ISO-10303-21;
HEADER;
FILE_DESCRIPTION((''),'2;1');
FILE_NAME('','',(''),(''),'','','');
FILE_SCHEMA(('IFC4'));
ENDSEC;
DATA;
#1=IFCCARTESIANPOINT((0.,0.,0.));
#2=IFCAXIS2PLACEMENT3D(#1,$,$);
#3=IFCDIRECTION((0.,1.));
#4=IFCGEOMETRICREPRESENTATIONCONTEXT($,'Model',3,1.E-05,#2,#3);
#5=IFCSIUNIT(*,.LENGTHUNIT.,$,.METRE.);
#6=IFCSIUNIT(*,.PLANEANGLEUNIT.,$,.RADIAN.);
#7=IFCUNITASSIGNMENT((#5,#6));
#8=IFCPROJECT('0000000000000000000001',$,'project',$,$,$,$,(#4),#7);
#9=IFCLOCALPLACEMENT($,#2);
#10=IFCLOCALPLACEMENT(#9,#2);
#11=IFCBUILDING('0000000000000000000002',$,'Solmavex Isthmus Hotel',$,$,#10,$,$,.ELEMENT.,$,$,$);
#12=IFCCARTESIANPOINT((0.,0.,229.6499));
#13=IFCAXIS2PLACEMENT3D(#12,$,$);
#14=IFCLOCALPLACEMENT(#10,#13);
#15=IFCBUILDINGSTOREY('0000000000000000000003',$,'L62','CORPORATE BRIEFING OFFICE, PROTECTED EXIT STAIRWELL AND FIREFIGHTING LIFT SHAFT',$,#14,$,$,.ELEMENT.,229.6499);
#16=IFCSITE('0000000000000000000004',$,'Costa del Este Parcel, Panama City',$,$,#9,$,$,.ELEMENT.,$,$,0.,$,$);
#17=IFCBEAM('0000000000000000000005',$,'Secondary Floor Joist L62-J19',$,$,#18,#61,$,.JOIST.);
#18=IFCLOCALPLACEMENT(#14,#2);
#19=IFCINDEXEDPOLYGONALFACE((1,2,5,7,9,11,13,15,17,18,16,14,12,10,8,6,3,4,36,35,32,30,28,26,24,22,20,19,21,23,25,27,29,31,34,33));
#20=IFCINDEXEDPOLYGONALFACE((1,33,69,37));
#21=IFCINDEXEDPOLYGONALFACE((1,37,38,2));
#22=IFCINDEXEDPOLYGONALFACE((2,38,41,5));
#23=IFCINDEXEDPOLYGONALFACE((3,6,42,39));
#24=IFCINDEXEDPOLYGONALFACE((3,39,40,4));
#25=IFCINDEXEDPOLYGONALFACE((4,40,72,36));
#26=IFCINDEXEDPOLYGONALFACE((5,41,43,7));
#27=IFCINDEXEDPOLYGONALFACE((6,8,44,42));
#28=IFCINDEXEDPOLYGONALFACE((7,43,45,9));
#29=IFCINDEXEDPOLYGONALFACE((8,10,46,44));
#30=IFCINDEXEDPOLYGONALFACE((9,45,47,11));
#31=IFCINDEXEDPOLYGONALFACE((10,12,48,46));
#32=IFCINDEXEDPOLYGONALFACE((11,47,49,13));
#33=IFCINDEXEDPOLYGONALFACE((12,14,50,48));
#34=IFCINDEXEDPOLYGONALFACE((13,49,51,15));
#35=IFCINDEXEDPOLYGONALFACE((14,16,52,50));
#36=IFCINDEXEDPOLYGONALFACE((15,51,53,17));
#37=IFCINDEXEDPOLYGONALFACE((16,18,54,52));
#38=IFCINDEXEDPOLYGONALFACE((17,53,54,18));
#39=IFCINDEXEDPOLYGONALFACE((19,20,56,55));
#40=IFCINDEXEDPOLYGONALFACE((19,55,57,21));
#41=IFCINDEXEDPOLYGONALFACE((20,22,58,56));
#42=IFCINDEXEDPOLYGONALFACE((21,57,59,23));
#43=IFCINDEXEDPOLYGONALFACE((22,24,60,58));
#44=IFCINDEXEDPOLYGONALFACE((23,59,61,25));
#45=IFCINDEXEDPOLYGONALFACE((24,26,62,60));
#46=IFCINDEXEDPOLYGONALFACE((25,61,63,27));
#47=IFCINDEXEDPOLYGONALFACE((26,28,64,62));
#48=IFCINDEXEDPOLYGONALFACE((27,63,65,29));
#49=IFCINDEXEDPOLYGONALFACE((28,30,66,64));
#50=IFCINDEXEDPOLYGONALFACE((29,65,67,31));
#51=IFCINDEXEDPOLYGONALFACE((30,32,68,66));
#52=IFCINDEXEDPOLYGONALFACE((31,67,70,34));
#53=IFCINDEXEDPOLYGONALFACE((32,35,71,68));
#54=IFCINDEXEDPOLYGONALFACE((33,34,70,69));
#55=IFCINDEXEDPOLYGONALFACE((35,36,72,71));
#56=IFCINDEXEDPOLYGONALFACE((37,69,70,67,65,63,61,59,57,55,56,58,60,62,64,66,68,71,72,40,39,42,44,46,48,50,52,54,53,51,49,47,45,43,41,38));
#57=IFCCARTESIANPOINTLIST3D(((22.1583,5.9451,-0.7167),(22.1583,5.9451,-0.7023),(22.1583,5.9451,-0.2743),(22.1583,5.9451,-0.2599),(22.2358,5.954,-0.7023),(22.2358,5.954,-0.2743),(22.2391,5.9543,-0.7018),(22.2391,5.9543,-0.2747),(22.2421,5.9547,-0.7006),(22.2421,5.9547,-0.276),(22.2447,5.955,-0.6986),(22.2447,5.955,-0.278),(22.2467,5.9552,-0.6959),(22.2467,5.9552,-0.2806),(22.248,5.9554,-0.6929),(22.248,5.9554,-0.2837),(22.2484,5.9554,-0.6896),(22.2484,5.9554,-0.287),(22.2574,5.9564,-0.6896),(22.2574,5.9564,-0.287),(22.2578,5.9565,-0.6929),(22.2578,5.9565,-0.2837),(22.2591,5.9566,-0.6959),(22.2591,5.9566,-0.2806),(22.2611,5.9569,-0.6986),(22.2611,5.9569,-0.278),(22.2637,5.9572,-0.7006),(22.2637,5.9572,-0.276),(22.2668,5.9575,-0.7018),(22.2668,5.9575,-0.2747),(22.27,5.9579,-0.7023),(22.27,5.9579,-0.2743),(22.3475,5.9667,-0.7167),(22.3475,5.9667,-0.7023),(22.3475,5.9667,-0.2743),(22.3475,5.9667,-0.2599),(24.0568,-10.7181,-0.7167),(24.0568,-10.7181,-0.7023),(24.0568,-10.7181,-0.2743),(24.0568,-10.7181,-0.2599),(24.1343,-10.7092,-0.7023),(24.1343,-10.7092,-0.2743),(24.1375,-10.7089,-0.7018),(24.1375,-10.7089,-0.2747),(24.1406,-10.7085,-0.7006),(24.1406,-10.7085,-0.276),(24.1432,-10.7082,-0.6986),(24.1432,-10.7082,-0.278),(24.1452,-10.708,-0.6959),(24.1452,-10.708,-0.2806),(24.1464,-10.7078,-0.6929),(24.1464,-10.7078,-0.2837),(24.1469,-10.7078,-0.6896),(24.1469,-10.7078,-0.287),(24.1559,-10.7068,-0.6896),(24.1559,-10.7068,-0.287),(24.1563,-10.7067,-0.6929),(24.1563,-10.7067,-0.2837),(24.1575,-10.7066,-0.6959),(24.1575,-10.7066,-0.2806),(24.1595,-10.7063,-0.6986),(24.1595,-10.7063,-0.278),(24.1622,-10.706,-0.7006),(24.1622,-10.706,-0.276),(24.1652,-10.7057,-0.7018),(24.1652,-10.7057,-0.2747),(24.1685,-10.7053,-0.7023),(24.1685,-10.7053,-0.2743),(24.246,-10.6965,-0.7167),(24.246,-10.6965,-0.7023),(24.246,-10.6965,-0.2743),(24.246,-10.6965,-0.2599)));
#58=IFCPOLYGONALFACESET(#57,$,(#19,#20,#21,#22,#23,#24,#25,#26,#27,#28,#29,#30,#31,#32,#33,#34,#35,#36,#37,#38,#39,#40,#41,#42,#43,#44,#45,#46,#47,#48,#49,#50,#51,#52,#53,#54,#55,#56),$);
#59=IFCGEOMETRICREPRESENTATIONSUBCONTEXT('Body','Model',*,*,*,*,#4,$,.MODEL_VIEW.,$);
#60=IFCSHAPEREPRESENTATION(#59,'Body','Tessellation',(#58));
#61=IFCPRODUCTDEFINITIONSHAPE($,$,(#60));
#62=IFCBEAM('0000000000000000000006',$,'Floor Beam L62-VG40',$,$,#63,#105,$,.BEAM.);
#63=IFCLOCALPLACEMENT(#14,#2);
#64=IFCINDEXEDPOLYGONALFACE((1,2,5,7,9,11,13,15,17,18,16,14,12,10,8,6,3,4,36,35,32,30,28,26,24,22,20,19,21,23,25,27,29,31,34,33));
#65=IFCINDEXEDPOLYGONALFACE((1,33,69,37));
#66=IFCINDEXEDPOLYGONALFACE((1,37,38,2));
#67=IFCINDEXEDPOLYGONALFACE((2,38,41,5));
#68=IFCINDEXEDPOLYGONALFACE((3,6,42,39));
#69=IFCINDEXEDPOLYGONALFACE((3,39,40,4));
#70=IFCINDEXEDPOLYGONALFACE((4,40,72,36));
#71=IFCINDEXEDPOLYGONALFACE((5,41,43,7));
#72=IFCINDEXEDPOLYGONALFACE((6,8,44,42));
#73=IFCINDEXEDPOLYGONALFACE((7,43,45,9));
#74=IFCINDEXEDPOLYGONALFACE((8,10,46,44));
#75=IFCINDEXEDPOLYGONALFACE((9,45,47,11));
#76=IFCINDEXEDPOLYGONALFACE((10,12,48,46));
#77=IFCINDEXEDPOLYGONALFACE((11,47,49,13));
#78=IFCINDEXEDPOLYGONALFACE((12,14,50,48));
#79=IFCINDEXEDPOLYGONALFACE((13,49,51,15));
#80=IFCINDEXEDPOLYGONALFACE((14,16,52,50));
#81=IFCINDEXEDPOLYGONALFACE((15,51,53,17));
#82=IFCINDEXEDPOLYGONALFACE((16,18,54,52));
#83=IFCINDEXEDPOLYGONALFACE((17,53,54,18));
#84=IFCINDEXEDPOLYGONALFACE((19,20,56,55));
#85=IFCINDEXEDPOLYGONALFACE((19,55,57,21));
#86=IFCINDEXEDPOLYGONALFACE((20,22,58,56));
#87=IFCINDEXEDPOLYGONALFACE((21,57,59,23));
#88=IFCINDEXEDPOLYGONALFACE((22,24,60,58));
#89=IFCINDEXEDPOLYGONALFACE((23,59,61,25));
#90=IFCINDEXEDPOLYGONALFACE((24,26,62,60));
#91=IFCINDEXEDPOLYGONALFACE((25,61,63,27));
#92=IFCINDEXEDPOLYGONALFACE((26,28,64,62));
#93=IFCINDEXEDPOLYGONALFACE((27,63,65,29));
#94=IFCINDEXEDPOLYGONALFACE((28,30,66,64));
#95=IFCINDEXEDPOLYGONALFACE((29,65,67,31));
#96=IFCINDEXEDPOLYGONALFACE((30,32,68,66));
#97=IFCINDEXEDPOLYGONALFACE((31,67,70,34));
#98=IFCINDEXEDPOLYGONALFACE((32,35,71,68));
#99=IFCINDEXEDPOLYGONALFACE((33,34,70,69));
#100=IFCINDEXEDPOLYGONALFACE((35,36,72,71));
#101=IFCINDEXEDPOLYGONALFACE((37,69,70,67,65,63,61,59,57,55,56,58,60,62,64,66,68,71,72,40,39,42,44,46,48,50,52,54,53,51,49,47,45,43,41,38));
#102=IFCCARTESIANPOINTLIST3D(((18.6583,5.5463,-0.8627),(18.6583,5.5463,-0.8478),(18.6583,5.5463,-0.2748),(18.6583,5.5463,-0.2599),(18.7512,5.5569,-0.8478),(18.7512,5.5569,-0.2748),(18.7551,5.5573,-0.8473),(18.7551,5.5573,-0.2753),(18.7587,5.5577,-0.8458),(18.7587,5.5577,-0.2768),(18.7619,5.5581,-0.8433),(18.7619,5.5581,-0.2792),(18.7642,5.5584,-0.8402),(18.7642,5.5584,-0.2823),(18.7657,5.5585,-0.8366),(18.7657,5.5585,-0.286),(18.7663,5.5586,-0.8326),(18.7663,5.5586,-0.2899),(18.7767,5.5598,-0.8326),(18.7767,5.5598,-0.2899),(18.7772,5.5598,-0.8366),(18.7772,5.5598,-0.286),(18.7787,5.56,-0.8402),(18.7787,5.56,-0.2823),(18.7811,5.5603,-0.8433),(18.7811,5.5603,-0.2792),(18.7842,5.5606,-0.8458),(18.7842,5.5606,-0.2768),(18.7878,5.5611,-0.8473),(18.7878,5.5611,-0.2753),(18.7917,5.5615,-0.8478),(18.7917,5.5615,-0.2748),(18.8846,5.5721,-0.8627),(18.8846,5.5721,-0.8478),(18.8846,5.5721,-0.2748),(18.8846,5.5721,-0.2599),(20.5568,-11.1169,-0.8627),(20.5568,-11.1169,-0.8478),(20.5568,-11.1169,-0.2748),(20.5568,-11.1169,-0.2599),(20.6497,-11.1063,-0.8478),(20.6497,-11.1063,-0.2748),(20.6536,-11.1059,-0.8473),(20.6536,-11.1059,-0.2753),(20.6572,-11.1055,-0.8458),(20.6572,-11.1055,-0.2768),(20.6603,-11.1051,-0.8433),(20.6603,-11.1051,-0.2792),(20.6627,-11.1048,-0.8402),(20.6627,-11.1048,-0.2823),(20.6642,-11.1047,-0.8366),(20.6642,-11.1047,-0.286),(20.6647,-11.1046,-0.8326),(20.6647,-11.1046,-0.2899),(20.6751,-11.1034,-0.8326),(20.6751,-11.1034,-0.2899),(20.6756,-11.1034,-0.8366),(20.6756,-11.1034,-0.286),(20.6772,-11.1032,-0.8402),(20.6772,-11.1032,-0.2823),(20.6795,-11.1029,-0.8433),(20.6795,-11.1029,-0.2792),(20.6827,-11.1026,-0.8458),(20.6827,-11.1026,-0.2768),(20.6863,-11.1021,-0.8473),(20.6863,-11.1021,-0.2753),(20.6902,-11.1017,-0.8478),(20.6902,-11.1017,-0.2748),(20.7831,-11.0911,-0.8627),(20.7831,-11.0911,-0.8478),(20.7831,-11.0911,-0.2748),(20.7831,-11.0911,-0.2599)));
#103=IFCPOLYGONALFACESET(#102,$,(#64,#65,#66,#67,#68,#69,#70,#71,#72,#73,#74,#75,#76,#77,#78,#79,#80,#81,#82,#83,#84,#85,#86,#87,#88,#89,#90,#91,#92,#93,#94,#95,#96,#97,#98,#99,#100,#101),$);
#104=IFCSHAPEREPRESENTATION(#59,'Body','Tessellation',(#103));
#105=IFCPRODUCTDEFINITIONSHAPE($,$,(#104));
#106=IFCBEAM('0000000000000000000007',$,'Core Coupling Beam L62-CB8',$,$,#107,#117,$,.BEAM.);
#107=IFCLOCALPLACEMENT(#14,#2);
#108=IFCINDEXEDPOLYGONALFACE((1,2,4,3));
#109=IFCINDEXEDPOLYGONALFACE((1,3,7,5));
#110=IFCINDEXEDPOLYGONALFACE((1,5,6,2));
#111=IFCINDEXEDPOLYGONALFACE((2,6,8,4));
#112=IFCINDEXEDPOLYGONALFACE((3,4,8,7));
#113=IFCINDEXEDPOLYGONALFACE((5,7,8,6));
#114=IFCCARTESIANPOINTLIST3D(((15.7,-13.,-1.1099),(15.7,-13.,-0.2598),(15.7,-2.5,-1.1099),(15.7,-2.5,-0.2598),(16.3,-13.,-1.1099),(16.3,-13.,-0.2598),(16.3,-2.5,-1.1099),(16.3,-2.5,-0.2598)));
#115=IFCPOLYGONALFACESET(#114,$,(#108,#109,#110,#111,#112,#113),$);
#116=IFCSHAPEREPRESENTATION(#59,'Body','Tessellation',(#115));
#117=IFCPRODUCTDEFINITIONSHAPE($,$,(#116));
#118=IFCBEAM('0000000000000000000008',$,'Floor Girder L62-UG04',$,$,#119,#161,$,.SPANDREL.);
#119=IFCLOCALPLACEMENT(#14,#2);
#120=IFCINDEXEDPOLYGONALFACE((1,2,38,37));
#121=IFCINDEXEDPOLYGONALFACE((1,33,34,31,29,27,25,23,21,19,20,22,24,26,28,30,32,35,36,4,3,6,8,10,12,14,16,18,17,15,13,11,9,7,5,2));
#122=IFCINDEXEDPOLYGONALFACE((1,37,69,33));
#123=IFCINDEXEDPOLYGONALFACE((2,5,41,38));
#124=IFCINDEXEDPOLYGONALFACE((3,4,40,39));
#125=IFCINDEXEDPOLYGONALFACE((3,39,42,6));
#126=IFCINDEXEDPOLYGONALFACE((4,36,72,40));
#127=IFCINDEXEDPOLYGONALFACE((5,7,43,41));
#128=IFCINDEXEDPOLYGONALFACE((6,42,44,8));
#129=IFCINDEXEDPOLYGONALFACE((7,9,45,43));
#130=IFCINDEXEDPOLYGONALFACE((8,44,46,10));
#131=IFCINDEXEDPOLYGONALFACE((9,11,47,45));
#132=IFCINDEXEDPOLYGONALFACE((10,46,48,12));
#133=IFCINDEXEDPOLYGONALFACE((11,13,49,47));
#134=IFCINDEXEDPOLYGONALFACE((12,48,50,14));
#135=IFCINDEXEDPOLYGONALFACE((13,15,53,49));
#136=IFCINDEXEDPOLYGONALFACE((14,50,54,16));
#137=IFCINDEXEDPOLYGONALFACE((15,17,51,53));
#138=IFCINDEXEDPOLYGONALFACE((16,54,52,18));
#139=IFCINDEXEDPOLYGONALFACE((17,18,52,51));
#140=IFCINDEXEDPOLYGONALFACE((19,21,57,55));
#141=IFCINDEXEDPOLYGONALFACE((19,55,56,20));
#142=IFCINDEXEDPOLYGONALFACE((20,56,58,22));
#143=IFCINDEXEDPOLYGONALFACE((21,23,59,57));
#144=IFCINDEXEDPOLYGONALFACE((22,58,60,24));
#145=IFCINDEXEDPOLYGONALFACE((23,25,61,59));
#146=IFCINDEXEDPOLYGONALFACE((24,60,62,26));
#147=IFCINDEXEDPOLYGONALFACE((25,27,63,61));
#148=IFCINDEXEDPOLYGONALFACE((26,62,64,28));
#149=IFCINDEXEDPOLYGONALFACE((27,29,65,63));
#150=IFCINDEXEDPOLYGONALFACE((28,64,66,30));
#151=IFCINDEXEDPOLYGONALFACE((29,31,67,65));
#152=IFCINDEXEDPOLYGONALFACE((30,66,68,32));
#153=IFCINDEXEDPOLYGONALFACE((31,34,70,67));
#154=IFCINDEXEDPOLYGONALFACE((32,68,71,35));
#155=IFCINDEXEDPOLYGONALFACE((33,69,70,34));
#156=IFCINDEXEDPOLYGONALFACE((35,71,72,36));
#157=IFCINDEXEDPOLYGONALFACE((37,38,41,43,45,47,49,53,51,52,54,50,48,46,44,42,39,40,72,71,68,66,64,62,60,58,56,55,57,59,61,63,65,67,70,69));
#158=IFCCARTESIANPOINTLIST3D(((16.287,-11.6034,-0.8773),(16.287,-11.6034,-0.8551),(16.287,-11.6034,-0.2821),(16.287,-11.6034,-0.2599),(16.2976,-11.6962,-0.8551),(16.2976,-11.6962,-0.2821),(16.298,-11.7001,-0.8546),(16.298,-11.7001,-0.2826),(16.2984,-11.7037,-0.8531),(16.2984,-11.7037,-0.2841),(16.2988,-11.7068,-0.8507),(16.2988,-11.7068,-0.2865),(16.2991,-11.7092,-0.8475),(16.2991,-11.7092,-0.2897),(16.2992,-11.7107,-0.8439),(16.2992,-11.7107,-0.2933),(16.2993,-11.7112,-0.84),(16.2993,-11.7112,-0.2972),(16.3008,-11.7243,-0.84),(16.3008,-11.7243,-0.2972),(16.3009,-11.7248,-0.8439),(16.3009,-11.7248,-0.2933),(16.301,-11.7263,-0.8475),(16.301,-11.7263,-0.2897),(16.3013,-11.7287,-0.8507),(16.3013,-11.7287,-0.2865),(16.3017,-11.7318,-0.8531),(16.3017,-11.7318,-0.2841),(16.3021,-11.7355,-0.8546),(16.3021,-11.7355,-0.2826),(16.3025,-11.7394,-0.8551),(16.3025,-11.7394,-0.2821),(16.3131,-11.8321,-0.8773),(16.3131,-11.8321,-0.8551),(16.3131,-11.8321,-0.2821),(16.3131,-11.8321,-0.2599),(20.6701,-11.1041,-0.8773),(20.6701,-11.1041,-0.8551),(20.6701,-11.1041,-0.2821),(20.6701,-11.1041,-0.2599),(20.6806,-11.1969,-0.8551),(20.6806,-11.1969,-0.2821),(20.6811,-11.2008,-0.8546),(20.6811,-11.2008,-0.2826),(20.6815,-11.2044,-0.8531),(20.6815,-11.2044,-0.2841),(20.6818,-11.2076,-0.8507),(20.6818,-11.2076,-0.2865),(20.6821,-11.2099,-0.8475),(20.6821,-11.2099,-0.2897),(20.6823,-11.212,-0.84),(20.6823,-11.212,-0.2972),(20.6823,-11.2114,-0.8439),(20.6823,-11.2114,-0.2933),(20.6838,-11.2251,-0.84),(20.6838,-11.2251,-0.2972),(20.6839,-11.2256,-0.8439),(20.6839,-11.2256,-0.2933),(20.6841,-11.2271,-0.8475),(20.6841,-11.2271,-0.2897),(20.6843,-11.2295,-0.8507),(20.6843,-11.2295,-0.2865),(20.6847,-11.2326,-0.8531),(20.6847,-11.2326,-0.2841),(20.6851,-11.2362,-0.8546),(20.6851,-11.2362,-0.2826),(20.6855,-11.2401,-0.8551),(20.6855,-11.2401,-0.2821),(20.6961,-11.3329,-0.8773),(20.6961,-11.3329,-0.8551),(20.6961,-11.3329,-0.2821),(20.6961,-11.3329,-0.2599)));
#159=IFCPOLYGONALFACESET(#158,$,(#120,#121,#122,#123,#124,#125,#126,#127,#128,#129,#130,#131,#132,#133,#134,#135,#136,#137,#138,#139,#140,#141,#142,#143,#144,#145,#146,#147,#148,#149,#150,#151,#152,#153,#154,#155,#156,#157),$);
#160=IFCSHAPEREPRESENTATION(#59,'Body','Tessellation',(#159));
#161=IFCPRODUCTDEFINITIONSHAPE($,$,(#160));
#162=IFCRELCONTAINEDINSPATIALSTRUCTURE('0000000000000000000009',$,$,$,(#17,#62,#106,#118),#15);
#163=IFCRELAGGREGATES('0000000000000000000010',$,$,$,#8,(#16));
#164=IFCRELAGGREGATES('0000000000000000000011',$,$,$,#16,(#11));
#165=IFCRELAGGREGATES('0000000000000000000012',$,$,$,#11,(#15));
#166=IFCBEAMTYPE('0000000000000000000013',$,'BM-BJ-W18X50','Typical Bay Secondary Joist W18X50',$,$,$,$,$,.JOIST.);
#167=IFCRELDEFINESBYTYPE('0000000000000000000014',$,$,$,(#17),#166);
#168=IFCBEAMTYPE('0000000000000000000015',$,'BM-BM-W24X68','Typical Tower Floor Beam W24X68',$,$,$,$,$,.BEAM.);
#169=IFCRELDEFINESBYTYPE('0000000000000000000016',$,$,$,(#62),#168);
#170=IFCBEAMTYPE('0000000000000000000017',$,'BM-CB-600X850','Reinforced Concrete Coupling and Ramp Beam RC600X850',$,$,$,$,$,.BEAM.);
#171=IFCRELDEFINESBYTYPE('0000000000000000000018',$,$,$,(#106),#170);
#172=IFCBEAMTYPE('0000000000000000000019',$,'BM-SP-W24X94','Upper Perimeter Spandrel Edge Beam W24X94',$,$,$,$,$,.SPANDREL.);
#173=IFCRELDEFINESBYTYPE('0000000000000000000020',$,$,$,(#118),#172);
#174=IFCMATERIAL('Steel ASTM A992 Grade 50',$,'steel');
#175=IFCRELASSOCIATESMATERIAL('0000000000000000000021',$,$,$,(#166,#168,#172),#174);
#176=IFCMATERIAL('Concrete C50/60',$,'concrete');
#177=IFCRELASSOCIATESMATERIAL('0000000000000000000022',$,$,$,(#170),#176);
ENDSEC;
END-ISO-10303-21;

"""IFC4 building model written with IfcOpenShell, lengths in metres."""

from ifc_helpers import new_model, si_unit, direction, frame, origin, origin_2d, place, context, subcontext, project, spatial, rectangle, i_section, extrude, material, material_profile, profile_set, type_object, element, save


model = new_model("IFC4")

# Units and contexts
model_context = context("Model", 3, precision=1e-05, world=origin(), true_north=direction((0.0, 1.0)))
body_context = subcontext(model_context, "Body", "Model", "MODEL_VIEW")
ifc_project = project(units=[si_unit("LENGTHUNIT", "METRE"), si_unit("PLANEANGLEUNIT", "RADIAN")], contexts=[model_context])

# Site, building, storey
site_placement = place(None, origin())
site = spatial("IfcSite", under=ifc_project, at=site_placement, Name="Costa del Este Parcel, Panama City", CompositionType="ELEMENT", RefElevation=0.0)
building_placement = place(site_placement, origin())
building = spatial("IfcBuilding", under=site, at=building_placement, Name="Solmavex Isthmus Hotel", CompositionType="ELEMENT")
storey_placement = place(building_placement, frame((0.0, 0.0, 229.6499)))
storey = spatial("IfcBuildingStorey", under=building, at=storey_placement, Name="L62", Description="CORPORATE BRIEFING OFFICE, PROTECTED EXIT STAIRWELL AND FIREFIGHTING LIFT SHAFT", CompositionType="ELEMENT", Elevation=229.6499)

# Shared definitions
ifc_material_1 = material(Name="Concrete C50/60", Category="concrete")

# Beams
ifc_material_2 = material(Name="Steel ASTM A992 Grade 50", Category="steel")
ifc_material_profile_1 = material_profile(ifc_material_2, i_section(OverallWidth=0.1904, OverallDepth=0.4568, WebThickness=0.009, FlangeThickness=0.0144, FilletRadius=0.0127, at=origin_2d()), Name="W18X50")
ifc_profile_set_1 = profile_set([ifc_material_profile_1], Name="Steel ASTM A992 Grade 50")
beam_type_1 = type_object("IfcBeamType", Name="BM-BJ-W18X50", Description="Typical Bay Secondary Joist W18X50", PredefinedType="JOIST", material=ifc_profile_set_1)
beam_1_placement = place(storey_placement, frame((24.1514, -10.7073, -0.4883), z_axis=(-0.113198, 0.993572, 0.0), x_axis=(-0.993572, -0.113198, 0.0)))
element("IfcBeam", 1, at=beam_1_placement, inside=storey, type_object=beam_type_1, Name="Secondary Floor Joist L62-J19", PredefinedType="JOIST", context=body_context, shape_type="SweptSolid", body=[
    extrude(i_section(OverallWidth=0.1904, OverallDepth=0.4568, WebThickness=0.009, FlangeThickness=0.0144, FilletRadius=0.0127, at=origin_2d()), origin(), (0.0, 0.0, 1.0), 16.771),
])
ifc_material_profile_2 = material_profile(ifc_material_2, i_section(OverallWidth=0.2278, OverallDepth=0.6028, WebThickness=0.0105, FlangeThickness=0.0149, FilletRadius=0.0151, at=origin_2d()), Name="W24X68")
ifc_profile_set_2 = profile_set([ifc_material_profile_2], Name="Steel ASTM A992 Grade 50")
beam_type_2 = type_object("IfcBeamType", Name="BM-BM-W24X68", Description="Typical Tower Floor Beam W24X68", PredefinedType="BEAM", material=ifc_profile_set_2)
beam_2_placement = place(storey_placement, frame((20.6699, -11.104, -0.5613), z_axis=(-0.113198, 0.993572, 0.0), x_axis=(-0.993572, -0.113198, 0.0)))
element("IfcBeam", 2, at=beam_2_placement, inside=storey, type_object=beam_type_2, Name="Floor Beam L62-VG40", PredefinedType="BEAM", context=body_context, shape_type="SweptSolid", body=[
    extrude(i_section(OverallWidth=0.2278, OverallDepth=0.6028, WebThickness=0.0105, FlangeThickness=0.0149, FilletRadius=0.0151, at=origin_2d()), origin(), (0.0, 0.0, 1.0), 16.771),
])
ifc_material_profile_3 = material_profile(ifc_material_1, rectangle(XDim=0.6001, YDim=0.8501, at=origin_2d()), Name="RC600X850")
ifc_profile_set_3 = profile_set([ifc_material_profile_3], Name="Concrete C50/60")
beam_type_3 = type_object("IfcBeamType", Name="BM-CB-600X850", Description="Reinforced Concrete Coupling and Ramp Beam RC600X850", PredefinedType="BEAM", material=ifc_profile_set_3)
beam_3_placement = place(storey_placement, frame((16.0, -13.0, -0.6848), z_axis=(0.0, 1.0, 0.0), x_axis=(-1.0, 0.0, 0.0)))
element("IfcBeam", 3, at=beam_3_placement, inside=storey, type_object=beam_type_3, Name="Core Coupling Beam L62-CB8", PredefinedType="BEAM", context=body_context, shape_type="SweptSolid", body=[
    extrude(rectangle(XDim=0.6001, YDim=0.8501, at=origin_2d()), origin(), (0.0, 0.0, 1.0), 10.5),
])
ifc_material_profile_4 = material_profile(ifc_material_2, i_section(OverallWidth=0.2302, OverallDepth=0.6174, WebThickness=0.0132, FlangeThickness=0.0222, FilletRadius=0.0151, at=origin_2d()), Name="W24X94")
ifc_profile_set_4 = profile_set([ifc_material_profile_4], Name="Steel ASTM A992 Grade 50")
beam_type_4 = type_object("IfcBeamType", Name="BM-SP-W24X94", Description="Upper Perimeter Spandrel Edge Beam W24X94", PredefinedType="SPANDREL", material=ifc_profile_set_4)
beam_4_placement = place(storey_placement, frame((16.3, -11.7178, -0.5686), z_axis=(0.993575, 0.113177, 0.0), x_axis=(-0.113177, 0.993575, 0.0)))
element("IfcBeam", 4, at=beam_4_placement, inside=storey, type_object=beam_type_4, Name="Floor Girder L62-UG04", PredefinedType="SPANDREL", context=body_context, shape_type="SweptSolid", body=[
    extrude(i_section(OverallWidth=0.2302, OverallDepth=0.6174, WebThickness=0.0132, FlangeThickness=0.0222, FilletRadius=0.0151, at=origin_2d()), origin(), (0.0, 0.0, 1.0), 4.4114),
])

save(model, "model.ifc")
